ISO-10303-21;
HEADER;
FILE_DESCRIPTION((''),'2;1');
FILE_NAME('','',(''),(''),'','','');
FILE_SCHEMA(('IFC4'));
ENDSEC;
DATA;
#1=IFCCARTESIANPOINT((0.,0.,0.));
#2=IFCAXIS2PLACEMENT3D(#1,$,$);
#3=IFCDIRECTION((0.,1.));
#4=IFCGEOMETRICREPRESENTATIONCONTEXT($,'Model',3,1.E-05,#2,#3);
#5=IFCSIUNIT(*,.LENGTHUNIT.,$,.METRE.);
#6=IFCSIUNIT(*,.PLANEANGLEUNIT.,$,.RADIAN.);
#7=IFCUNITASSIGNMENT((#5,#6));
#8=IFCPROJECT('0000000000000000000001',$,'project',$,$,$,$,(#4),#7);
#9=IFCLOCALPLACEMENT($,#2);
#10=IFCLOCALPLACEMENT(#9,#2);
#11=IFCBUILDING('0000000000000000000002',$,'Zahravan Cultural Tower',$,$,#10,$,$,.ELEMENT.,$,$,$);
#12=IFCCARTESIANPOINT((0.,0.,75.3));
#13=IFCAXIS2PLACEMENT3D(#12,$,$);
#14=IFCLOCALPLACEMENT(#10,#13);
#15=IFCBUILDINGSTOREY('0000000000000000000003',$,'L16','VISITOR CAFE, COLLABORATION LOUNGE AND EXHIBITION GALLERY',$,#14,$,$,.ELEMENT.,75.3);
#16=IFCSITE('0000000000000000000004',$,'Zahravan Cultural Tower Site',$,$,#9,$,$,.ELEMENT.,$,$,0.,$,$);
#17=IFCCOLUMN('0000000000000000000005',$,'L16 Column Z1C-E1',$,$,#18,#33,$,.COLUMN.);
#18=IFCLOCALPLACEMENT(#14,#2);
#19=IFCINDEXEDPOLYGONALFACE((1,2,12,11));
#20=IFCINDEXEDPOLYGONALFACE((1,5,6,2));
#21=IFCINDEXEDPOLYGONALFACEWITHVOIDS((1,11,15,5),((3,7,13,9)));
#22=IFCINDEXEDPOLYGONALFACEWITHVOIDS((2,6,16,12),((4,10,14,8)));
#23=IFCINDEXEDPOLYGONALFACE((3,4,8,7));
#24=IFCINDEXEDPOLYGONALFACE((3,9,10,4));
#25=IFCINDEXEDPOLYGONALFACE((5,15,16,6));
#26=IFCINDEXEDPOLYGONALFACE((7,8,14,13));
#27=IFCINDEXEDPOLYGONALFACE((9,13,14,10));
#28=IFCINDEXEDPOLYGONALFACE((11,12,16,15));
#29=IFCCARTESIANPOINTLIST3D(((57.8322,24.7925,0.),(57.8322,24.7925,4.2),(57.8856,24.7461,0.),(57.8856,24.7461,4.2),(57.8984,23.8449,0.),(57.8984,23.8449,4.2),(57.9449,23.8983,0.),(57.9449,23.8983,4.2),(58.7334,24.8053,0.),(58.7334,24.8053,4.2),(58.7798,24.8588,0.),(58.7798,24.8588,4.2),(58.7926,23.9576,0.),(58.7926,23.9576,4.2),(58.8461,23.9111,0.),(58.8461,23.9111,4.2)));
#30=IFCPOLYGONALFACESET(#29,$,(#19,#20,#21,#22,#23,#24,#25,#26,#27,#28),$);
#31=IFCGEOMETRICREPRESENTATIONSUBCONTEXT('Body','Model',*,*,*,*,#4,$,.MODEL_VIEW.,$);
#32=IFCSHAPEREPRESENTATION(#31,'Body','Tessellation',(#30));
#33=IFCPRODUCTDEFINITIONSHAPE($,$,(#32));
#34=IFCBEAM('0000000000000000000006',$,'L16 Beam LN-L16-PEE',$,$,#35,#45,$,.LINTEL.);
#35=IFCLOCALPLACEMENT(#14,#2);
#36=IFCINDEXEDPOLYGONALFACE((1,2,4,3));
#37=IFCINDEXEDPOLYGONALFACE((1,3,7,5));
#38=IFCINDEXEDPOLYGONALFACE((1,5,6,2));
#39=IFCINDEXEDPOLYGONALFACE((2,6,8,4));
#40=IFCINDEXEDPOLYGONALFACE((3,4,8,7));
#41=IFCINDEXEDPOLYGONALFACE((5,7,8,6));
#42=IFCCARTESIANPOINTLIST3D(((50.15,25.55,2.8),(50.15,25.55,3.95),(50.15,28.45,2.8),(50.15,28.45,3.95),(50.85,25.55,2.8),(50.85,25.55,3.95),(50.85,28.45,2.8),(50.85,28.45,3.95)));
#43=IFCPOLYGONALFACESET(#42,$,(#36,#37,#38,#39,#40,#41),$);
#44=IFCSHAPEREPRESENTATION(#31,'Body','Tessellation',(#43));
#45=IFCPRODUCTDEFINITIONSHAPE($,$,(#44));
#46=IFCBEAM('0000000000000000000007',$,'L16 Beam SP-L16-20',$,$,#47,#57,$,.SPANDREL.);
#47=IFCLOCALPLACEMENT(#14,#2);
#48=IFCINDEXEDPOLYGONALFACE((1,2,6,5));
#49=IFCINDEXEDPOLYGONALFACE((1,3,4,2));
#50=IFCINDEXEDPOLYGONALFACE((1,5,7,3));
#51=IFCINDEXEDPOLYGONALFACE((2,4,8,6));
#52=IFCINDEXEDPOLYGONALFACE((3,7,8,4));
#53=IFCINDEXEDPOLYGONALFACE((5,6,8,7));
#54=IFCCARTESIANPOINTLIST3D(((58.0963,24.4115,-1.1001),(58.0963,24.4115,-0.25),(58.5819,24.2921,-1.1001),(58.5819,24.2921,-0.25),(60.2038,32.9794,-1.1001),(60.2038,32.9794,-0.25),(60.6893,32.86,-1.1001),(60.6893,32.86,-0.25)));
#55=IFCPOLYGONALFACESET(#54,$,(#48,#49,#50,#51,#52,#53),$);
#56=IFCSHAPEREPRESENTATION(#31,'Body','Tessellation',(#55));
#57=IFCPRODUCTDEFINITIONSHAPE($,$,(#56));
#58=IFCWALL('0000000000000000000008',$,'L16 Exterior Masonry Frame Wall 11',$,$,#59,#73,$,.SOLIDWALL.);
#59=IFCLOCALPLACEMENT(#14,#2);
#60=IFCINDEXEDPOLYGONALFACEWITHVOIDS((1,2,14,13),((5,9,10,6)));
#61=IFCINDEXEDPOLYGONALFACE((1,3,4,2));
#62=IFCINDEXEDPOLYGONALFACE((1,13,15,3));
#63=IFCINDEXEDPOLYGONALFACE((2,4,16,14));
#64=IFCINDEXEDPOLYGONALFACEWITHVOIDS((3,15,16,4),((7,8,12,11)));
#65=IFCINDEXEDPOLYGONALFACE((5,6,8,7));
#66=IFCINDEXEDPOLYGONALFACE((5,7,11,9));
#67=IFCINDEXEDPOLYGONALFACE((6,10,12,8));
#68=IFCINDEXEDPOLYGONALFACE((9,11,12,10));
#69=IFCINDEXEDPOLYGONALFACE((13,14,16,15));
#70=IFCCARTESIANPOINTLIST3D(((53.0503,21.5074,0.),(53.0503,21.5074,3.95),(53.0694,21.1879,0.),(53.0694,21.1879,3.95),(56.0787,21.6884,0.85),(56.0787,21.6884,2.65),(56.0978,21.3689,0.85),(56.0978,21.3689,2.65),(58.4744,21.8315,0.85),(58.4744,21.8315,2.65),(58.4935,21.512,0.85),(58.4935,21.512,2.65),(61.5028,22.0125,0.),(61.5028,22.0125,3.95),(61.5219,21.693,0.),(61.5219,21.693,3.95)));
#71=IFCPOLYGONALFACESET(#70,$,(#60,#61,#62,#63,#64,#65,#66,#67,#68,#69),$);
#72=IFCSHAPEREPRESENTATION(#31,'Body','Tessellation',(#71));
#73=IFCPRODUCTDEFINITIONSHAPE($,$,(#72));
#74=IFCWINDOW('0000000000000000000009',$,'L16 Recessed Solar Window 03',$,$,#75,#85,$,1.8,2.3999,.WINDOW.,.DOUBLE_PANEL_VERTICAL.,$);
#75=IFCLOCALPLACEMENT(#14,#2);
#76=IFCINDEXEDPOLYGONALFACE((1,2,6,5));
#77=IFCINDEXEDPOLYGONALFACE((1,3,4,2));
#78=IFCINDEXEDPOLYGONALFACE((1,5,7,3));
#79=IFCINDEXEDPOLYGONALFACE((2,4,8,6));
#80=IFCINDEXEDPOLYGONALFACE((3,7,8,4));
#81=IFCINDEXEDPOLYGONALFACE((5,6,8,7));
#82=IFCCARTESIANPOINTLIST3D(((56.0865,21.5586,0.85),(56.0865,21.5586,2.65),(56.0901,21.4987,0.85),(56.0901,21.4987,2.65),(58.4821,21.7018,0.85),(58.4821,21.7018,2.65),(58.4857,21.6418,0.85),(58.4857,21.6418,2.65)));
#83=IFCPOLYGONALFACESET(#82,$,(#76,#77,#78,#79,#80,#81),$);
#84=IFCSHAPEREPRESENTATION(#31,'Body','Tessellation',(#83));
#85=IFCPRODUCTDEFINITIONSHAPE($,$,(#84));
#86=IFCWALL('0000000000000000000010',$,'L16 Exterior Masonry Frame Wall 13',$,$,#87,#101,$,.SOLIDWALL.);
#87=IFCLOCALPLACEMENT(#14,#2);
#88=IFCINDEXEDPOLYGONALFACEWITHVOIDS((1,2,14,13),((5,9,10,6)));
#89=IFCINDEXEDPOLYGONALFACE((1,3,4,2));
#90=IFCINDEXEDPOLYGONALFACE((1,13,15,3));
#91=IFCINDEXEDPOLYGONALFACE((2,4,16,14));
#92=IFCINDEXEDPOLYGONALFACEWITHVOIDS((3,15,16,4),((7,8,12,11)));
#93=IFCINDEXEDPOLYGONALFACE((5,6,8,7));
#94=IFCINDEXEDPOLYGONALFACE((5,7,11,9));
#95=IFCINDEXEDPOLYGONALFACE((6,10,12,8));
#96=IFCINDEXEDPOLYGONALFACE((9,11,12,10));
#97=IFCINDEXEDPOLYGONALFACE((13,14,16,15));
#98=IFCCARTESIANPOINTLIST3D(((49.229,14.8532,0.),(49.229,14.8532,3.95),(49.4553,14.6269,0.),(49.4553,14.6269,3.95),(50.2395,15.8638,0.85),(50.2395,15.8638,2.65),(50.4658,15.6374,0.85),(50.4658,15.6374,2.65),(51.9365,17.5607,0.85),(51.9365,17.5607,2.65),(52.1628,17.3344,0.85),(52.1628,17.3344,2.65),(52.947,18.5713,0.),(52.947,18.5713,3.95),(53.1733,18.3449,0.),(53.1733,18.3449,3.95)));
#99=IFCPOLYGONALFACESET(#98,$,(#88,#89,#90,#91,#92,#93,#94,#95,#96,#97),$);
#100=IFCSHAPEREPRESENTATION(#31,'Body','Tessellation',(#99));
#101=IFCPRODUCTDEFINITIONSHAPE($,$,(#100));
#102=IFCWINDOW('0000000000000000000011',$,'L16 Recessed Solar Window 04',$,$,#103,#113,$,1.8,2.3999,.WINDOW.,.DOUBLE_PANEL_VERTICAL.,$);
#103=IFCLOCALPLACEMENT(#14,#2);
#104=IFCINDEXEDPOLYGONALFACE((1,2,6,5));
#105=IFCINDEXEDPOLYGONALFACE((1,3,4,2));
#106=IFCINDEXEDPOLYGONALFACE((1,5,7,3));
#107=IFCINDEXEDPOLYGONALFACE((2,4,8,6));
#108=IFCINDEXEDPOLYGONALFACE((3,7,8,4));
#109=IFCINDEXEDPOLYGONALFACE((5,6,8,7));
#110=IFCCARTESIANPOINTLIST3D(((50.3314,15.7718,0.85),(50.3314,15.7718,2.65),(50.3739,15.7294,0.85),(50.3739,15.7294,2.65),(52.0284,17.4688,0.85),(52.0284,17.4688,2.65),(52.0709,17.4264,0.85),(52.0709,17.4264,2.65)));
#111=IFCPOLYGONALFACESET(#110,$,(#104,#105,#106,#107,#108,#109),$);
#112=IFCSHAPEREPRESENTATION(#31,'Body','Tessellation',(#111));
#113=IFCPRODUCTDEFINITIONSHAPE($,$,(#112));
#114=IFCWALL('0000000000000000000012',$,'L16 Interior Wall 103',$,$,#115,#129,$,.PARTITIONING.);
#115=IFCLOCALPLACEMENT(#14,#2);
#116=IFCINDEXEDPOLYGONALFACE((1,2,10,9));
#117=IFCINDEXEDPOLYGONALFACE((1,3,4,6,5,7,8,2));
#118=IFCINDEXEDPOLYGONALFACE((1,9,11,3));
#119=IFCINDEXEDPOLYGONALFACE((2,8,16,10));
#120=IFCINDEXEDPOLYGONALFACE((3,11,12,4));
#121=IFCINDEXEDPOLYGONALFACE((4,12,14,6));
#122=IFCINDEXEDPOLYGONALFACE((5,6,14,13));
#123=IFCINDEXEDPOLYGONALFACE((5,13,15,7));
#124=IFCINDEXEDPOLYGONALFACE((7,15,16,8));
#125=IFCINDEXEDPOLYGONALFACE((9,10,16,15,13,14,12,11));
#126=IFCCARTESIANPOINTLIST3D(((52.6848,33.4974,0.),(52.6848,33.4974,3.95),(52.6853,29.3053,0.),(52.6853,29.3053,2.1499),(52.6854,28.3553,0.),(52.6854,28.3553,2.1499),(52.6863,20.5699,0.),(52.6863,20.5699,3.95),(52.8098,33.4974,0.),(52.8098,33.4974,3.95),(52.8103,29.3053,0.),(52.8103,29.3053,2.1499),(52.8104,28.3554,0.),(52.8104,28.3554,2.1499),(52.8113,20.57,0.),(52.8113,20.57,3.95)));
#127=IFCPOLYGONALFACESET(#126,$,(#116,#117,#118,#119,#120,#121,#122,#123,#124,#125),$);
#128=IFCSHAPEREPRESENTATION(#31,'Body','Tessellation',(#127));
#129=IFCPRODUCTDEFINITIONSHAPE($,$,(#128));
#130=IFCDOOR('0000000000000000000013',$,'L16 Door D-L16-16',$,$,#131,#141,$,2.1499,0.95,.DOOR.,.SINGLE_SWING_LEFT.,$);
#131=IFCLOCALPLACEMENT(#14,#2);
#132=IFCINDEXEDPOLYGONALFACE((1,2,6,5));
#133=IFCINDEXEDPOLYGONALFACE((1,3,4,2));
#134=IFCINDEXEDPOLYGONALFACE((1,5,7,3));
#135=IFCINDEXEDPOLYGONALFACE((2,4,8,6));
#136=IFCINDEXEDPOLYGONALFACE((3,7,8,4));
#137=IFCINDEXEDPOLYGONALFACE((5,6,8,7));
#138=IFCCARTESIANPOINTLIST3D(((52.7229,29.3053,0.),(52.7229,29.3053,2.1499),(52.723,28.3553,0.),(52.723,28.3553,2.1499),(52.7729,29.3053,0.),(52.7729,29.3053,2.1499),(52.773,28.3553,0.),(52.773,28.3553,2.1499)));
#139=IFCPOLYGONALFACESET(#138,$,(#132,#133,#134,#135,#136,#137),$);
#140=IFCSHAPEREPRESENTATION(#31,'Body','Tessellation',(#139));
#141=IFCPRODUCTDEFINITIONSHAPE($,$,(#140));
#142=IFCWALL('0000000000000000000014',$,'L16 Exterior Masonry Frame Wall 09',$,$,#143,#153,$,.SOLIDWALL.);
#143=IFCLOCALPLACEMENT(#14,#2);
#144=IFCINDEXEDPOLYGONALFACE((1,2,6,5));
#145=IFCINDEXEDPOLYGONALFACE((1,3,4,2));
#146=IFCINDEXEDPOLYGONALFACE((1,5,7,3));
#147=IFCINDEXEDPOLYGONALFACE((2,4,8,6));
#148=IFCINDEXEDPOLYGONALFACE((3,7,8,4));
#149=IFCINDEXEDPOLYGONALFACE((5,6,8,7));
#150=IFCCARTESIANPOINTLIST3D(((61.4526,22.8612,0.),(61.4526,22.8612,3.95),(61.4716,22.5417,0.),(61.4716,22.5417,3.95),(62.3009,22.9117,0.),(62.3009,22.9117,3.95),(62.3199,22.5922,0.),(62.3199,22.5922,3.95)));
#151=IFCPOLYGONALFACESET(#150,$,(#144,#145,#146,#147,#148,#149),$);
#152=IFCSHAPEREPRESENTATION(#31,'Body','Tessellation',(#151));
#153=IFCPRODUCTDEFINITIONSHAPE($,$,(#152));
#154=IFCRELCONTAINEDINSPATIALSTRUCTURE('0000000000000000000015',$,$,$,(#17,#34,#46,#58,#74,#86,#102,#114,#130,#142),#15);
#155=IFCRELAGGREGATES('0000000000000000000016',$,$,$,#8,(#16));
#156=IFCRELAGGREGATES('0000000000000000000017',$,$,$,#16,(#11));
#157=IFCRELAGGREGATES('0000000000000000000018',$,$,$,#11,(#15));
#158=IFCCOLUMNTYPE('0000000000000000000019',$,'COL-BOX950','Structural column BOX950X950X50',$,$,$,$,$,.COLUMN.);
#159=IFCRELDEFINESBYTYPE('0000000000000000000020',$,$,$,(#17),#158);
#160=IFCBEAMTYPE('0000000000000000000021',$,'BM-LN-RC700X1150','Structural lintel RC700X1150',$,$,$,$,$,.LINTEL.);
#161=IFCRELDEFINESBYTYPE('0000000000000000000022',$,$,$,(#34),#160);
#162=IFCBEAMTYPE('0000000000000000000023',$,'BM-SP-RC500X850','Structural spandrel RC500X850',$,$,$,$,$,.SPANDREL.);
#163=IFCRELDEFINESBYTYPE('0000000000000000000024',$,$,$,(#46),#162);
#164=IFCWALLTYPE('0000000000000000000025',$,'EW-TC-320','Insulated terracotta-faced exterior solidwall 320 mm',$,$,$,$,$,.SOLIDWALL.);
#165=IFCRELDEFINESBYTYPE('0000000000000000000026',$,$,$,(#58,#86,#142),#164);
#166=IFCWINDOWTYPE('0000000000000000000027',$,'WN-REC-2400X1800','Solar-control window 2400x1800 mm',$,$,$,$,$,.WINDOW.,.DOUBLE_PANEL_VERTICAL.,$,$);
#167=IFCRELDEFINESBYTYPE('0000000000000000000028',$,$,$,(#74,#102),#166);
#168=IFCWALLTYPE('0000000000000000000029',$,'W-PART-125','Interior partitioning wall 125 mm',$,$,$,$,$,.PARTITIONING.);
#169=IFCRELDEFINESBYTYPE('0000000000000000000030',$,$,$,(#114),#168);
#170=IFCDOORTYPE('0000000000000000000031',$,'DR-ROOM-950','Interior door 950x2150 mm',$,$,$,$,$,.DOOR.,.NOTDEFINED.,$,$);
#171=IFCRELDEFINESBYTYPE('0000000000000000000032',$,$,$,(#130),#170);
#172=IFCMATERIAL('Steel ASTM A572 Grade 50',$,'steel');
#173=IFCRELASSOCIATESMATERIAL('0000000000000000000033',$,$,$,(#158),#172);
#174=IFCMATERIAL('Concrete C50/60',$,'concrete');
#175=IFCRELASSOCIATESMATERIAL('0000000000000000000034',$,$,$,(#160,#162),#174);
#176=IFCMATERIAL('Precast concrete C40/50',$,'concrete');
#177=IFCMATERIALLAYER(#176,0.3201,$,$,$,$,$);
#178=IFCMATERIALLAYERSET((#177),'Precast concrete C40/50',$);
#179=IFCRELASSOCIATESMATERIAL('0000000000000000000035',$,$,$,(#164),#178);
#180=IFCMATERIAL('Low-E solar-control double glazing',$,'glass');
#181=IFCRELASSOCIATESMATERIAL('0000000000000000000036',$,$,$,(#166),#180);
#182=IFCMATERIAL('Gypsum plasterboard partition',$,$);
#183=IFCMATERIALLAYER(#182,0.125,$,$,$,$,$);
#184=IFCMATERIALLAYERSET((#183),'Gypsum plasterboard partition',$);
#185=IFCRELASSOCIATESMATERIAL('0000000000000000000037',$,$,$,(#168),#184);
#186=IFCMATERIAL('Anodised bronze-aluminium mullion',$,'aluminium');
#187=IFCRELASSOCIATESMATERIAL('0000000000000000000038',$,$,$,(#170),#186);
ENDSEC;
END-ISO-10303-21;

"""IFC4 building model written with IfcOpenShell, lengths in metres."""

from ifc_helpers import new_model, si_unit, direction, frame, frame_2d, origin, origin_2d, place, context, subcontext, project, spatial, rectangle, hollow_rectangle, extrude, source, transform, mapped, material, layer, layer_set, material_profile, profile_set, type_object, element, fill, save


model = new_model("IFC4")

# Units and contexts
model_context = context("Model", 3, precision=1e-05, world=origin(), true_north=direction((0.0, 1.0)))
body_context = subcontext(model_context, "Body", "Model", "MODEL_VIEW")
ifc_project = project(units=[si_unit("LENGTHUNIT", "METRE"), si_unit("PLANEANGLEUNIT", "RADIAN")], contexts=[model_context])

# Site, building, storey
site_placement = place(None, origin())
site = spatial("IfcSite", under=ifc_project, at=site_placement, Name="Zahravan Cultural Tower Site", CompositionType="ELEMENT", RefElevation=0.0)
building_placement = place(site_placement, origin())
building = spatial("IfcBuilding", under=site, at=building_placement, Name="Zahravan Cultural Tower", CompositionType="ELEMENT")
storey_placement = place(building_placement, frame((0.0, 0.0, 75.3)))
storey = spatial("IfcBuildingStorey", under=building, at=storey_placement, Name="L16", Description="VISITOR CAFE, COLLABORATION LOUNGE AND EXHIBITION GALLERY", CompositionType="ELEMENT", Elevation=75.3)

# Column
ifc_material_1 = material(Name="Steel ASTM A572 Grade 50", Category="steel")
ifc_material_profile_1 = material_profile(ifc_material_1, hollow_rectangle(XDim=0.95, YDim=0.95, WallThickness=0.05, at=origin_2d()), Name="BOX950X950X50")
ifc_profile_set_1 = profile_set([ifc_material_profile_1], Name="Steel ASTM A572 Grade 50")
column_type = type_object("IfcColumnType", Name="COL-BOX950", Description="Structural column BOX950X950X50", PredefinedType="COLUMN", material=ifc_profile_set_1)
shared_shape_1 = source(origin(), body_context, "Body", "SweptSolid", [
    extrude(hollow_rectangle(XDim=0.95, YDim=0.95, WallThickness=0.05, at=origin_2d()), origin(), (0.0, 0.0, 1.0), 4.2),
])
column_placement = place(storey_placement, frame((58.3391, 24.3518, 0.0), z_axis=(0.0, 0.0, 1.0), x_axis=(0.997564, 0.069756, 0.0)))
element("IfcColumn", 1, at=column_placement, inside=storey, type_object=column_type, Name="L16 Column Z1C-E1", PredefinedType="COLUMN", context=body_context, shape_type="MappedRepresentation", body=[
    mapped(shared_shape_1, transform((0.0, 0.0, 0.0), x_axis=(1.0, 0.0, 0.0), y_axis=(0.0, 1.0, 0.0), z_axis=(0.0, 0.0, 1.0), scale=1.0)),
])

# Beams
ifc_material_2 = material(Name="Concrete C50/60", Category="concrete")
ifc_material_profile_2 = material_profile(ifc_material_2, rectangle(XDim=0.7, YDim=1.1499, at=origin_2d()), Name="RC700X1150")
ifc_profile_set_2 = profile_set([ifc_material_profile_2], Name="Concrete C50/60")
beam_type_1 = type_object("IfcBeamType", Name="BM-LN-RC700X1150", Description="Structural lintel RC700X1150", PredefinedType="LINTEL", material=ifc_profile_set_2)
shared_shape_2 = source(origin(), body_context, "Body", "SweptSolid", [
    extrude(rectangle(XDim=0.7, YDim=1.1499, at=origin_2d()), origin(), (0.0, 0.0, 1.0), 2.8999),
])
beam_1_placement = place(storey_placement, frame((50.5, 25.55, 3.375), z_axis=(0.0, 1.0, 0.0), x_axis=(-1.0, 0.0, 0.0)))
element("IfcBeam", 2, at=beam_1_placement, inside=storey, type_object=beam_type_1, Name="L16 Beam LN-L16-PEE", PredefinedType="LINTEL", context=body_context, shape_type="MappedRepresentation", body=[
    mapped(shared_shape_2, transform((0.0, 0.0, 0.0), x_axis=(1.0, 0.0, 0.0), y_axis=(0.0, 1.0, 0.0), z_axis=(0.0, 0.0, 1.0), scale=1.0)),
])
ifc_material_profile_3 = material_profile(ifc_material_2, rectangle(XDim=0.5, YDim=0.8501, at=origin_2d()), Name="RC500X850")
ifc_profile_set_3 = profile_set([ifc_material_profile_3], Name="Concrete C50/60")
beam_type_2 = type_object("IfcBeamType", Name="BM-SP-RC500X850", Description="Structural spandrel RC500X850", PredefinedType="SPANDREL", material=ifc_profile_set_3)
shared_shape_3 = source(origin(), body_context, "Body", "SweptSolid", [
    extrude(rectangle(XDim=0.5, YDim=0.8501, at=origin_2d()), origin(), (0.0, 0.0, 1.0), 8.8232),
])
beam_2_placement = place(storey_placement, frame((58.3391, 24.3518, -0.675), z_axis=(0.238849, 0.971057, 0.0), x_axis=(-0.971057, 0.238849, 0.0)))
element("IfcBeam", 3, at=beam_2_placement, inside=storey, type_object=beam_type_2, Name="L16 Beam SP-L16-20", PredefinedType="SPANDREL", context=body_context, shape_type="MappedRepresentation", body=[
    mapped(shared_shape_3, transform((0.0, 0.0, 0.0), x_axis=(1.0, 0.0, 0.0), y_axis=(0.0, 1.0, 0.0), z_axis=(0.0, 0.0, 1.0), scale=1.0)),
])

# Walls, openings, windows
ifc_material_3 = material(Name="Precast concrete C40/50", Category="concrete")
ifc_layer_1 = layer(ifc_material_3, 0.3201)
ifc_layer_set_1 = layer_set([ifc_layer_1], Name="Precast concrete C40/50")
wall_type_1 = type_object("IfcWallType", Name="EW-TC-320", Description="Insulated terracotta-faced exterior solidwall 320 mm", PredefinedType="SOLIDWALL", material=ifc_layer_set_1)
wall_1_placement = place(storey_placement, frame((61.5125, 21.8528, 0.0), z_axis=(0.0, 0.0, 1.0), x_axis=(-0.998219, -0.059655, 0.0)))
wall_1 = element("IfcWall", 4, at=wall_1_placement, inside=storey, type_object=wall_type_1, Name="L16 Exterior Masonry Frame Wall 11", PredefinedType="SOLIDWALL", context=body_context, shape_type="SweptSolid", body=[
    extrude(rectangle(XDim=8.4675, YDim=0.3201, at=frame_2d((4.2339, 0.0))), origin(), (0.0, 0.0, 1.0), 3.95),
])
opening_1_placement = place(wall_1_placement, frame((3.0339, 0.0, 0.8501)))
opening_1 = element("IfcOpeningElement", 5, at=opening_1_placement, cuts=wall_1, PredefinedType="OPENING", context=body_context, shape_type="SweptSolid", body=[
    extrude(rectangle(XDim=2.3999, YDim=1.8, at=frame_2d((1.2, 0.8999))), frame((0.0, 0.1699, 0.0), z_axis=(0.0, -1.0, 0.0), x_axis=(1.0, 0.0, 0.0)), (0.0, 0.0, 1.0), 0.3401),
])
ifc_material_4 = material(Name="Low-E solar-control double glazing", Category="glass")
window_type = type_object("IfcWindowType", Name="WN-REC-2400X1800", Description="Solar-control window 2400x1800 mm", PartitioningType="DOUBLE_PANEL_VERTICAL", PredefinedType="WINDOW", material=ifc_material_4)
shared_shape_4 = source(origin(), body_context, "Body", "SweptSolid", [
    extrude(rectangle(XDim=2.3999, YDim=1.8, at=frame_2d((1.2, 0.8999))), frame((0.0, 0.03, 0.0), z_axis=(0.0, -1.0, 0.0), x_axis=(1.0, 0.0, 0.0)), (0.0, 0.0, 1.0), 0.0601),
])
window_1_placement = place(opening_1_placement, origin())
window_1 = element("IfcWindow", 6, at=window_1_placement, inside=storey, type_object=window_type, Name="L16 Recessed Solar Window 03", OverallHeight=1.8, OverallWidth=2.3999, PartitioningType="DOUBLE_PANEL_VERTICAL", PredefinedType="WINDOW", context=body_context, shape_type="MappedRepresentation", body=[
    mapped(shared_shape_4, transform((0.0, 0.0, 0.0), x_axis=(1.0, 0.0, 0.0), y_axis=(0.0, 1.0, 0.0), z_axis=(0.0, 0.0, 1.0), scale=1.0)),
])
fill(opening_1, window_1)
wall_2_placement = place(storey_placement, frame((53.0601, 18.458, 0.0), z_axis=(0.0, 0.0, 1.0), x_axis=(-0.707107, -0.707107, 0.0)))
wall_2 = element("IfcWall", 7, at=wall_2_placement, inside=storey, type_object=wall_type_1, Name="L16 Exterior Masonry Frame Wall 13", PredefinedType="SOLIDWALL", context=body_context, shape_type="SweptSolid", body=[
    extrude(rectangle(XDim=5.2581, YDim=0.3201, at=frame_2d((2.6289, 0.0))), origin(), (0.0, 0.0, 1.0), 3.95),
])
opening_2_placement = place(wall_2_placement, frame((1.429, 0.0, 0.8501)))
opening_2 = element("IfcOpeningElement", 8, at=opening_2_placement, cuts=wall_2, PredefinedType="OPENING", context=body_context, shape_type="SweptSolid", body=[
    extrude(rectangle(XDim=2.3999, YDim=1.8, at=frame_2d((1.2, 0.8999))), frame((0.0, 0.1699, 0.0), z_axis=(0.0, -1.0, 0.0), x_axis=(1.0, 0.0, 0.0)), (0.0, 0.0, 1.0), 0.3401),
])
window_2_placement = place(opening_2_placement, origin())
window_2 = element("IfcWindow", 9, at=window_2_placement, inside=storey, type_object=window_type, Name="L16 Recessed Solar Window 04", OverallHeight=1.8, OverallWidth=2.3999, PartitioningType="DOUBLE_PANEL_VERTICAL", PredefinedType="WINDOW", context=body_context, shape_type="MappedRepresentation", body=[
    mapped(shared_shape_4, transform((0.0, 0.0, 0.0), x_axis=(1.0, 0.0, 0.0), y_axis=(0.0, 1.0, 0.0), z_axis=(0.0, 0.0, 1.0), scale=1.0)),
])
fill(opening_2, window_2)

# Wall, opening, door
ifc_material_5 = material(Name="Gypsum plasterboard partition")
ifc_layer_2 = layer(ifc_material_5, 0.125)
ifc_layer_set_2 = layer_set([ifc_layer_2], Name="Gypsum plasterboard partition")
wall_type_2 = type_object("IfcWallType", Name="W-PART-125", Description="Interior partitioning wall 125 mm", PredefinedType="PARTITIONING", material=ifc_layer_set_2)
wall_3_placement = place(storey_placement, frame((52.7488, 20.5698, 0.0), z_axis=(0.0, 0.0, 1.0), x_axis=(-0.000113, 1.0, 0.0)))
wall_3 = element("IfcWall", 10, at=wall_3_placement, inside=storey, type_object=wall_type_2, Name="L16 Interior Wall 103", PredefinedType="PARTITIONING", context=body_context, shape_type="SweptSolid", body=[
    extrude(rectangle(XDim=12.9275, YDim=0.125, at=frame_2d((6.4639, 0.0))), origin(), (0.0, 0.0, 1.0), 3.95),
])
opening_3_placement = place(wall_3_placement, frame((7.7854, 0.0, 0.0)))
opening_3 = element("IfcOpeningElement", 11, at=opening_3_placement, cuts=wall_3, PredefinedType="OPENING", context=body_context, shape_type="SweptSolid", body=[
    extrude(rectangle(XDim=0.95, YDim=2.1499, at=frame_2d((0.4751, 1.075))), frame((0.0, 0.0725, 0.0), z_axis=(0.0, -1.0, 0.0), x_axis=(1.0, 0.0, 0.0)), (0.0, 0.0, 1.0), 0.145),
])
ifc_material_6 = material(Name="Anodised bronze-aluminium mullion", Category="aluminium")
door_type = type_object("IfcDoorType", Name="DR-ROOM-950", Description="Interior door 950x2150 mm", OperationType="NOTDEFINED", PredefinedType="DOOR", material=ifc_material_6)
shared_shape_5 = source(origin(), body_context, "Body", "SweptSolid", [
    extrude(rectangle(XDim=0.95, YDim=2.1499, at=frame_2d((0.4751, 1.075))), frame((0.0, 0.0249, 0.0), z_axis=(0.0, -1.0, 0.0), x_axis=(1.0, 0.0, 0.0)), (0.0, 0.0, 1.0), 0.05),
])
door_placement = place(opening_3_placement, origin())
door = element("IfcDoor", 12, at=door_placement, inside=storey, type_object=door_type, Name="L16 Door D-L16-16", OperationType="SINGLE_SWING_LEFT", OverallHeight=2.1499, OverallWidth=0.95, PredefinedType="DOOR", context=body_context, shape_type="MappedRepresentation", body=[
    mapped(shared_shape_5, transform((0.0, 0.0, 0.0), x_axis=(1.0, 0.0, 0.0), y_axis=(0.0, 1.0, 0.0), z_axis=(0.0, 0.0, 1.0), scale=1.0)),
])
fill(opening_3, door)

# Wall
shared_shape_6 = source(origin(), body_context, "Body", "SweptSolid", [
    extrude(rectangle(XDim=0.8499, YDim=0.3201, at=frame_2d((0.4248, 0.0))), origin(), (0.0, 0.0, 1.0), 3.95),
])
wall_4_placement = place(storey_placement, frame((62.3103, 22.752, 0.0), z_axis=(0.0, 0.0, 1.0), x_axis=(-0.998231, -0.059463, 0.0)))
element("IfcWall", 13, at=wall_4_placement, inside=storey, type_object=wall_type_1, Name="L16 Exterior Masonry Frame Wall 09", PredefinedType="SOLIDWALL", context=body_context, shape_type="MappedRepresentation", body=[
    mapped(shared_shape_6, transform((0.0, 0.0, 0.0), x_axis=(1.0, 0.0, 0.0), y_axis=(0.0, 1.0, 0.0), z_axis=(0.0, 0.0, 1.0), scale=1.0)),
])

save(model, "model.ifc")
